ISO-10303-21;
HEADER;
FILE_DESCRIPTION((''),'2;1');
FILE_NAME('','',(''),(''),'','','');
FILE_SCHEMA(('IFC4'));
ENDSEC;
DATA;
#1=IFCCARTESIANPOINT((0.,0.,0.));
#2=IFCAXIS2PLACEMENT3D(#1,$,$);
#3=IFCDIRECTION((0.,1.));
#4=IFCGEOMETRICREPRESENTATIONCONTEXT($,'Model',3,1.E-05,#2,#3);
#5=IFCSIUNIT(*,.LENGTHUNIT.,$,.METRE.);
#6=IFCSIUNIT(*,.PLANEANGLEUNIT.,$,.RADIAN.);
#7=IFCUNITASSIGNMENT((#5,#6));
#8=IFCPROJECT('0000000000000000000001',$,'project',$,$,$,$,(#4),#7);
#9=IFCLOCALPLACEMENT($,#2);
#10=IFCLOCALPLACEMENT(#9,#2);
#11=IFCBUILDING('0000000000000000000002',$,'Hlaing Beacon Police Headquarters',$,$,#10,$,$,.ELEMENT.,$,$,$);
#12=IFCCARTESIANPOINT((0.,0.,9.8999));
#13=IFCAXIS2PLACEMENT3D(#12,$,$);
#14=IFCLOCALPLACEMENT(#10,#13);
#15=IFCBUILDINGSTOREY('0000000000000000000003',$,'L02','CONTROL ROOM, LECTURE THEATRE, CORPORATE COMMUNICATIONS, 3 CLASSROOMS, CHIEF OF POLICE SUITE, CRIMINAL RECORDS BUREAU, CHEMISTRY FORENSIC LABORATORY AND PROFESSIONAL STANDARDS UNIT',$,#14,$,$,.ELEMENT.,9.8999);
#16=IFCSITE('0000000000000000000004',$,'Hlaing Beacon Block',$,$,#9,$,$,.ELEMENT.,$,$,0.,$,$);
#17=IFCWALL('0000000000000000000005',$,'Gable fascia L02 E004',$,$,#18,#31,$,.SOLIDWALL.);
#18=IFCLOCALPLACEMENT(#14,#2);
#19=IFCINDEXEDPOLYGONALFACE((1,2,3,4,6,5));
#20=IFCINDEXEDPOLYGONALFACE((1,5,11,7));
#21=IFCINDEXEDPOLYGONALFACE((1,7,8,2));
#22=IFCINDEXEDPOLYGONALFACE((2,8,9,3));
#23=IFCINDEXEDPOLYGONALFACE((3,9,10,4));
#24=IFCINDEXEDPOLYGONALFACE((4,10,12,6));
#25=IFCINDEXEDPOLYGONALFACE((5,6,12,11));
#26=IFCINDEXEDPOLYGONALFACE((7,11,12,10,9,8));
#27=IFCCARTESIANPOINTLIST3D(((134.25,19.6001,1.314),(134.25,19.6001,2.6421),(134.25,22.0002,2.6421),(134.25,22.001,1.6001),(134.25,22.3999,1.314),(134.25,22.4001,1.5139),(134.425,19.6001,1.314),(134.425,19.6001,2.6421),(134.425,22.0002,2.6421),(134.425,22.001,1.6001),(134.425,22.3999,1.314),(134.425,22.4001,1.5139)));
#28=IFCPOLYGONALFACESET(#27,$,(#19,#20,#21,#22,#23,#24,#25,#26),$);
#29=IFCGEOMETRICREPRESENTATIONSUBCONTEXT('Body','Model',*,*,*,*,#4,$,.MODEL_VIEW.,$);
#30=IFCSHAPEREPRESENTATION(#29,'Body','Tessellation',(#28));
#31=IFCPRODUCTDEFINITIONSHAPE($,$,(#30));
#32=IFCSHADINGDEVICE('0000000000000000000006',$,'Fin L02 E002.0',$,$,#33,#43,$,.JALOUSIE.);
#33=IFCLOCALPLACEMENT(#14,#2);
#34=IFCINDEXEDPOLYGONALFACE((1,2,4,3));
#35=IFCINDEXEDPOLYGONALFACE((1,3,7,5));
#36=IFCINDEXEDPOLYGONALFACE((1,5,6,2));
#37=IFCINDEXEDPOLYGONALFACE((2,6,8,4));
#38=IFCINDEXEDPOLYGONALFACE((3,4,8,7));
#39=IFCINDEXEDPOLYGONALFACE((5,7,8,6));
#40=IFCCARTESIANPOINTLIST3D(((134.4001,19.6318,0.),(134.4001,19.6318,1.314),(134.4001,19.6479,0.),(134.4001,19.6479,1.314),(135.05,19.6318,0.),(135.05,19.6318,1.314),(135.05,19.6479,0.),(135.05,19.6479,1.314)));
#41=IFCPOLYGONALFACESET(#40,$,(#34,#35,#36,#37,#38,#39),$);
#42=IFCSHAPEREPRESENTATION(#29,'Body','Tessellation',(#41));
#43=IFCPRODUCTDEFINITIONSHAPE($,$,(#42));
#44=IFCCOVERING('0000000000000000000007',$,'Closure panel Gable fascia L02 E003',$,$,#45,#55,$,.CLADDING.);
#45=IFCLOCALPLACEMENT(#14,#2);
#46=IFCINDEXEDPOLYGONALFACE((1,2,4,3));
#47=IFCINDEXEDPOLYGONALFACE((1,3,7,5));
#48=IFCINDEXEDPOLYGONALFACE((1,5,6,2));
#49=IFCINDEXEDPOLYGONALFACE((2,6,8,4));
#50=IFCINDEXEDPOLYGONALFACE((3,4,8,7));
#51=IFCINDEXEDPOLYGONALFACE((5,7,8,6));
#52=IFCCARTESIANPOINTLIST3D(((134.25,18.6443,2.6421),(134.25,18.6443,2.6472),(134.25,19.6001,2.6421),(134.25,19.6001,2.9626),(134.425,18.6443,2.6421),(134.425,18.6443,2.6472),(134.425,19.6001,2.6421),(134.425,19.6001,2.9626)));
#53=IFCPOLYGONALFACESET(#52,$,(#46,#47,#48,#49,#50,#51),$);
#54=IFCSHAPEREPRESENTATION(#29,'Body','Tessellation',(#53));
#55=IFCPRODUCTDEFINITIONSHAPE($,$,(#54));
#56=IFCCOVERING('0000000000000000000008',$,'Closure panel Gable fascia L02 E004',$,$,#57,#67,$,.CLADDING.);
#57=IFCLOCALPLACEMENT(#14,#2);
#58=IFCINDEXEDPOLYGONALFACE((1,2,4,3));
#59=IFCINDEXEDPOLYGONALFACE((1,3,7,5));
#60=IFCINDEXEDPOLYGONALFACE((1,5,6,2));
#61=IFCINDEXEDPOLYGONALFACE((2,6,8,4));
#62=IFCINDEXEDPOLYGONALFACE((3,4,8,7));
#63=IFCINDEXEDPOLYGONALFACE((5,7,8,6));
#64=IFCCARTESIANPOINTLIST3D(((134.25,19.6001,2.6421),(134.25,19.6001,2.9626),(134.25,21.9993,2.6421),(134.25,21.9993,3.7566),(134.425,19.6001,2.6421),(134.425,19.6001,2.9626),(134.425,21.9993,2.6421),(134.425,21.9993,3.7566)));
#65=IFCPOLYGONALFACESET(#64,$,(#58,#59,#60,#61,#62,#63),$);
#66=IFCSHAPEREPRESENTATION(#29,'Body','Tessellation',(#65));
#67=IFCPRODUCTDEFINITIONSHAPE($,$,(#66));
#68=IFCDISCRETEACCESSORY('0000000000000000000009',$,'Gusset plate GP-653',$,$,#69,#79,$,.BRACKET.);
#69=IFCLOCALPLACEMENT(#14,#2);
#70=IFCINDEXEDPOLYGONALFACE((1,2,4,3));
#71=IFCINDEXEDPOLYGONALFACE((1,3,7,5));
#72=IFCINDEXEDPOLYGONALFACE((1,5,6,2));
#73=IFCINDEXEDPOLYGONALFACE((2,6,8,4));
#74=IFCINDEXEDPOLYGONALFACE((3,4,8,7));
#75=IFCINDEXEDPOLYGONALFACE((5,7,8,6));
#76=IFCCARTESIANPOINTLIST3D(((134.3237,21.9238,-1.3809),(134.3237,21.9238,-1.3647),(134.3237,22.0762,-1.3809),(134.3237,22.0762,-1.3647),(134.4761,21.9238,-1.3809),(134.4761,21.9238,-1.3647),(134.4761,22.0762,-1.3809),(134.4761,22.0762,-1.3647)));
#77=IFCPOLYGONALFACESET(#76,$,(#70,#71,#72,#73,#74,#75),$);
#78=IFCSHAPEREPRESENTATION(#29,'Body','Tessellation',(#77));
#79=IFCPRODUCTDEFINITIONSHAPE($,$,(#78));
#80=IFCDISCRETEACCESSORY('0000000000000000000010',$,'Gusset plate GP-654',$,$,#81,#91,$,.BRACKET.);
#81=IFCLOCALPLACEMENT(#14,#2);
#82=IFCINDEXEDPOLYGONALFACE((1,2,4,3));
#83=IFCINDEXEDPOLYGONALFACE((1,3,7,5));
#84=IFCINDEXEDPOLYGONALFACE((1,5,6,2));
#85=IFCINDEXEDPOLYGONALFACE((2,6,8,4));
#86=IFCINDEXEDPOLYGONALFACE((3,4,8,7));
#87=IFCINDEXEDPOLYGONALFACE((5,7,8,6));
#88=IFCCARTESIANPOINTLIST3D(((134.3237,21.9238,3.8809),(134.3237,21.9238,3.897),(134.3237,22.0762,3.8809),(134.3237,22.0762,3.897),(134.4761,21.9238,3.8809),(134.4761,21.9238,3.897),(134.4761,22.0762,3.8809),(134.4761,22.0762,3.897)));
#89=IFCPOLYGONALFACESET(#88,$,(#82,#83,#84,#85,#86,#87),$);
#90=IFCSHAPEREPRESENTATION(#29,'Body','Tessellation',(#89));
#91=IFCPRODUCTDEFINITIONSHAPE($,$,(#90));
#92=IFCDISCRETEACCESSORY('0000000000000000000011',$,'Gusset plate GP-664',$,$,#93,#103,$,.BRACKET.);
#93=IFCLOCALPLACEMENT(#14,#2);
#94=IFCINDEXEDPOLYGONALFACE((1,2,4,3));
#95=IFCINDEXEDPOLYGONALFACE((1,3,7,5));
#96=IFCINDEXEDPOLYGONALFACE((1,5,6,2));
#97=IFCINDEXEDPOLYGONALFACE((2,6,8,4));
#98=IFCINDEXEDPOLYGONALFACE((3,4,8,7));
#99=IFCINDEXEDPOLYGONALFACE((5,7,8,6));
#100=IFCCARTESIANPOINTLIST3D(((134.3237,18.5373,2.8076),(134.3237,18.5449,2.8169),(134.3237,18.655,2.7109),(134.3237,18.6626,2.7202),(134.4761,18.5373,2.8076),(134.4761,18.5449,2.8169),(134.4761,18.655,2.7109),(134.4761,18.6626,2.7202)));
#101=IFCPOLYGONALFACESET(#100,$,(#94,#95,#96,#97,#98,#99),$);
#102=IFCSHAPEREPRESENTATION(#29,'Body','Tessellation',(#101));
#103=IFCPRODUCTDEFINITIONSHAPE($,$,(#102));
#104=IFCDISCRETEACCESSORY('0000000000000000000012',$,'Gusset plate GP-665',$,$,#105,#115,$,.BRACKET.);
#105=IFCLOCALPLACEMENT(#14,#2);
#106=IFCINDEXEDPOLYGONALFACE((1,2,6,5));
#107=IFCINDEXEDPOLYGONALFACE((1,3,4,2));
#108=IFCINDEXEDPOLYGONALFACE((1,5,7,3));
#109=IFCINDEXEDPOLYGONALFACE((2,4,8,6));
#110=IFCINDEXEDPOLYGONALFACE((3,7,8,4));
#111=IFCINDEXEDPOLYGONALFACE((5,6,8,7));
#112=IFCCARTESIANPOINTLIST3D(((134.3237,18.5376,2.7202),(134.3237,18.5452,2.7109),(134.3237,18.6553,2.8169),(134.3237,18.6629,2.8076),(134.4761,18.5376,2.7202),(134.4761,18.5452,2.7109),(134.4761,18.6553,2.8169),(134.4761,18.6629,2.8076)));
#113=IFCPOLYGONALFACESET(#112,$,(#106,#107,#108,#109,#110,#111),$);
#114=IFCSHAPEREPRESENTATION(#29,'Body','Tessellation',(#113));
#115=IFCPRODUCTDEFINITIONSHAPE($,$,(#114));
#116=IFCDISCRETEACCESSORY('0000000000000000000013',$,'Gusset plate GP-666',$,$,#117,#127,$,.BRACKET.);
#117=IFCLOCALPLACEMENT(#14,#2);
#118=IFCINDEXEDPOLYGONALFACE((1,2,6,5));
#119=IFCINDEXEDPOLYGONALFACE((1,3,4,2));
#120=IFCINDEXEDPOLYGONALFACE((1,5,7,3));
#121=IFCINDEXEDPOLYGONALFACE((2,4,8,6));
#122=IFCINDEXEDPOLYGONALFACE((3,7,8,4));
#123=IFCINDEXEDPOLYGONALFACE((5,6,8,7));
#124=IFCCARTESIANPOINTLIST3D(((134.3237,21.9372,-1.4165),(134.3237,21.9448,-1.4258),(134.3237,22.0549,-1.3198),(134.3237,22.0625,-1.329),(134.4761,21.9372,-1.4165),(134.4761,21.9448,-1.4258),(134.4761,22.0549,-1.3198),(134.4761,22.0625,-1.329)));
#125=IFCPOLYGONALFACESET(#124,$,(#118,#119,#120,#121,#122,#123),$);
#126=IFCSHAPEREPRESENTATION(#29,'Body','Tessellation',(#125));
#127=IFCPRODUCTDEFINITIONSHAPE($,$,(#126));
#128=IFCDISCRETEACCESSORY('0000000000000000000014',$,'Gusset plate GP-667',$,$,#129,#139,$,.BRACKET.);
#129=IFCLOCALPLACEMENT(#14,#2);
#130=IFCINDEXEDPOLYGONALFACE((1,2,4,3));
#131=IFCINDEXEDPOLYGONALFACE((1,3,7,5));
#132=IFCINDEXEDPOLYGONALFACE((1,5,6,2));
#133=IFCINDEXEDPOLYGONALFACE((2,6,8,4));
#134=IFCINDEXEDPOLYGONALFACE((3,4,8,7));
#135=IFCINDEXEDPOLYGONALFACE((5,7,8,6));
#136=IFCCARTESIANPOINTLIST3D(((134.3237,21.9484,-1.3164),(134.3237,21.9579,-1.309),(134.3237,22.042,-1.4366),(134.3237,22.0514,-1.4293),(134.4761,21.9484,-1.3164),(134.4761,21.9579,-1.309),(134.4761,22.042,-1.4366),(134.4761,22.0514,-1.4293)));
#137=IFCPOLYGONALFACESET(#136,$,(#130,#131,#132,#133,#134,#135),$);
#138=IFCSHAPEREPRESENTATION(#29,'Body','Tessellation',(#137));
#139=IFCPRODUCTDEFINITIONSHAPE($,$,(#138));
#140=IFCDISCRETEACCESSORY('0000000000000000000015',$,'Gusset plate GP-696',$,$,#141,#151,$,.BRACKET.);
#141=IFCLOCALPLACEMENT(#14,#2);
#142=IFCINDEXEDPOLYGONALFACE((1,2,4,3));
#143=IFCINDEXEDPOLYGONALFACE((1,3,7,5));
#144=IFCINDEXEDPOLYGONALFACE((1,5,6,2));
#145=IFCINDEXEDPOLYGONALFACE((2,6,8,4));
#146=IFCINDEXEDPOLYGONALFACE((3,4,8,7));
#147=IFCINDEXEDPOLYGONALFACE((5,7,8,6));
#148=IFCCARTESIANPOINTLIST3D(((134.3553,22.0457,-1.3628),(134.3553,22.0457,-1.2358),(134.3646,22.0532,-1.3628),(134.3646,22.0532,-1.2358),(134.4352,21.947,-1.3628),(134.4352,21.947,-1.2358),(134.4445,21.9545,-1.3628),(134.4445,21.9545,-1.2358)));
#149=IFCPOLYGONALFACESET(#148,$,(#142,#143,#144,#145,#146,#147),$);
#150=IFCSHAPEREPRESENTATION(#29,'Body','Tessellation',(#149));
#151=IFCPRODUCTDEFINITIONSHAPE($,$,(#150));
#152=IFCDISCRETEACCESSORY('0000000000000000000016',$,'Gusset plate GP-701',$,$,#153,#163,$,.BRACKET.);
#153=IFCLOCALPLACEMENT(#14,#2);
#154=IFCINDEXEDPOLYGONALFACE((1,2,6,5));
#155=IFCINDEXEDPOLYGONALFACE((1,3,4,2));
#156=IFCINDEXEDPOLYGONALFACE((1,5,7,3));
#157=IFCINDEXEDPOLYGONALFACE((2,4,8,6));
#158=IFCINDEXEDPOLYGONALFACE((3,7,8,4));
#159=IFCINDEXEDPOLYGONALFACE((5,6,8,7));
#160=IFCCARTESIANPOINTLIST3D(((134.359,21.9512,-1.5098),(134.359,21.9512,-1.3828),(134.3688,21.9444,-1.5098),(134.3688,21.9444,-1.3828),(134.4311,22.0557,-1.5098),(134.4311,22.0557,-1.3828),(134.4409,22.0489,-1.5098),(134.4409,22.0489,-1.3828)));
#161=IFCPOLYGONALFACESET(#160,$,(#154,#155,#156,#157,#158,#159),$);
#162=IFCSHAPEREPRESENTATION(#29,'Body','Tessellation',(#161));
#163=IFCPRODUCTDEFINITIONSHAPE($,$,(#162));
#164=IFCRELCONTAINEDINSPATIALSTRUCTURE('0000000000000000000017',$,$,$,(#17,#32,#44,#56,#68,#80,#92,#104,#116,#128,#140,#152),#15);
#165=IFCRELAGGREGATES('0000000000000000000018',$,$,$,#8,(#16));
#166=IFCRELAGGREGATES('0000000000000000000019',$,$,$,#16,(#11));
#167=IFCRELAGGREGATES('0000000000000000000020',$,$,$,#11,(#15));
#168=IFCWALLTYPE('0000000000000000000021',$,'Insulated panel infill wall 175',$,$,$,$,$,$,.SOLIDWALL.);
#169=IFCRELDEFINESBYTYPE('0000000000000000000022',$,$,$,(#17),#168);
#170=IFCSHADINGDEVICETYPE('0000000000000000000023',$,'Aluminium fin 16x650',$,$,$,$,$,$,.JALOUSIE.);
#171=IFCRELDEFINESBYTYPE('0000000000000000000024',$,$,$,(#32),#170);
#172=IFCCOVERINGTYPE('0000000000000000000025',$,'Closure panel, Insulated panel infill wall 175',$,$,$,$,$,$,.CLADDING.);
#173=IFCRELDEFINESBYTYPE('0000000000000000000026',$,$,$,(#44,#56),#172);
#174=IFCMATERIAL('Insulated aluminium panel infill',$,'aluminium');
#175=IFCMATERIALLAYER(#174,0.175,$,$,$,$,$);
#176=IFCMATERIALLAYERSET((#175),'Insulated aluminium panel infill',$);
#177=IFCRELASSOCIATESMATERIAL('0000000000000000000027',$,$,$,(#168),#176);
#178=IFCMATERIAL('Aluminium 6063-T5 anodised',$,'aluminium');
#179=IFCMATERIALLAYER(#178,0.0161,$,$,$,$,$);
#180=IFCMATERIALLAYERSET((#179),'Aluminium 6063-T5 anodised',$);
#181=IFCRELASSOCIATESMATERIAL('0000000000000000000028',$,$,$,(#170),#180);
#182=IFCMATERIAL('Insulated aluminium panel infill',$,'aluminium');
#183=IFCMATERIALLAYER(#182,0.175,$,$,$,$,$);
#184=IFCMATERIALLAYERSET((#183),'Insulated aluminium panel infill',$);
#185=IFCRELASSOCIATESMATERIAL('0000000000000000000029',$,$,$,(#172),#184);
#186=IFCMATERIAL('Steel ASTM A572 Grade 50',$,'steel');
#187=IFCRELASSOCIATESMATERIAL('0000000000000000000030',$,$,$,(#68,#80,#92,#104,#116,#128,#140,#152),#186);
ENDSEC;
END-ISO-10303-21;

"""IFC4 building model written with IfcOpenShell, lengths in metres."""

from ifc_helpers import new_model, si_unit, direction, frame, origin, origin_2d, place, context, subcontext, project, spatial, polyline, rectangle, outline, extrude, material, layer, layer_set, type_object, element, save


model = new_model("IFC4")

# Units and contexts
model_context = context("Model", 3, precision=1e-05, world=origin(), true_north=direction((0.0, 1.0)))
body_context = subcontext(model_context, "Body", "Model", "MODEL_VIEW")
ifc_project = project(units=[si_unit("LENGTHUNIT", "METRE"), si_unit("PLANEANGLEUNIT", "RADIAN")], contexts=[model_context])

# Site, building, storey
site_placement = place(None, origin())
site = spatial("IfcSite", under=ifc_project, at=site_placement, Name="Hlaing Beacon Block", CompositionType="ELEMENT", RefElevation=0.0)
building_placement = place(site_placement, origin())
building = spatial("IfcBuilding", under=site, at=building_placement, Name="Hlaing Beacon Police Headquarters", CompositionType="ELEMENT")
storey_placement = place(building_placement, frame((0.0, 0.0, 9.8999)))
storey = spatial("IfcBuildingStorey", under=building, at=storey_placement, Name="L02", Description="CONTROL ROOM, LECTURE THEATRE, CORPORATE COMMUNICATIONS, 3 CLASSROOMS, CHIEF OF POLICE SUITE, CRIMINAL RECORDS BUREAU, CHEMISTRY FORENSIC LABORATORY AND PROFESSIONAL STANDARDS UNIT", CompositionType="ELEMENT", Elevation=9.8999)

# Wall
ifc_material_1 = material(Name="Insulated aluminium panel infill", Category="aluminium")
ifc_layer_1 = layer(ifc_material_1, 0.175)
ifc_layer_set_1 = layer_set([ifc_layer_1], Name="Insulated aluminium panel infill")
wall_type = type_object("IfcWallType", Name="Insulated panel infill wall 175", PredefinedType="SOLIDWALL", material=ifc_layer_set_1)
wall_placement = place(storey_placement, frame((134.3374, 19.6001, 1.314), z_axis=(0.0, 0.0, 1.0), x_axis=(0.0, 1.0, 0.0)))
element("IfcWall", 1, at=wall_placement, inside=storey, type_object=wall_type, Name="Gable fascia L02 E004", PredefinedType="SOLIDWALL", context=body_context, shape_type="SweptSolid", body=[
    extrude(outline(polyline([(0.0, 0.0), (2.7998, 0.0), (2.8, 0.2), (2.4009, 0.2861), (2.4001, 1.3281), (0.0, 1.3281), (0.0, 0.0)])), frame((0.0, 0.0874, 0.0), z_axis=(0.0, -1.0, 0.0), x_axis=(1.0, 0.0, 0.0)), (0.0, 0.0, 1.0), 0.175),
])

# Shading device
ifc_material_2 = material(Name="Aluminium 6063-T5 anodised", Category="aluminium")
ifc_layer_2 = layer(ifc_material_2, 0.0161)
ifc_layer_set_2 = layer_set([ifc_layer_2], Name="Aluminium 6063-T5 anodised")
shading_device_type = type_object("IfcShadingDeviceType", Name="Aluminium fin 16x650", PredefinedType="JALOUSIE", material=ifc_layer_set_2)
shading_device_placement = place(storey_placement, frame((134.7251, 19.6399, 0.0), z_axis=(0.0, 0.0, 1.0), x_axis=(0.0, 1.0, 0.0)))
element("IfcShadingDevice", 2, at=shading_device_placement, inside=storey, type_object=shading_device_type, Name="Fin L02 E002.0", PredefinedType="JALOUSIE", context=body_context, shape_type="SweptSolid", body=[
    extrude(rectangle(XDim=0.0161, YDim=0.6499, at=origin_2d()), origin(), (0.0, 0.0, 1.0), 1.314),
])

# Coverings
ifc_material_3 = material(Name="Insulated aluminium panel infill", Category="aluminium")
ifc_layer_3 = layer(ifc_material_3, 0.175)
ifc_layer_set_3 = layer_set([ifc_layer_3], Name="Insulated aluminium panel infill")
covering_type = type_object("IfcCoveringType", Name="Closure panel, Insulated panel infill wall 175", PredefinedType="CLADDING", material=ifc_layer_set_3)
covering_1_placement = place(storey_placement, frame((134.3374, 18.6443, 2.6421), z_axis=(0.0, 0.0, 1.0), x_axis=(0.0, 1.0, 0.0)))
element("IfcCovering", 3, at=covering_1_placement, inside=storey, type_object=covering_type, Name="Closure panel Gable fascia L02 E003", PredefinedType="CLADDING", context=body_context, shape_type="SweptSolid", body=[
    extrude(outline(polyline([(0.0, 0.0), (0.9558, 0.0), (0.9558, 0.3206), (0.0, 0.0051), (0.0, 0.0)])), frame((0.0, 0.0874, 0.0), z_axis=(0.0, -1.0, 0.0), x_axis=(1.0, 0.0, 0.0)), (0.0, 0.0, 1.0), 0.175),
])
covering_2_placement = place(storey_placement, frame((134.3374, 19.6001, 2.6421), z_axis=(0.0, 0.0, 1.0), x_axis=(0.0, 1.0, 0.0)))
element("IfcCovering", 4, at=covering_2_placement, inside=storey, type_object=covering_type, Name="Closure panel Gable fascia L02 E004", PredefinedType="CLADDING", context=body_context, shape_type="SweptSolid", body=[
    extrude(outline(polyline([(0.0, 0.0), (2.3992, 0.0), (2.3992, 1.1145), (0.0, 0.3206), (0.0, 0.0)])), frame((0.0, 0.0874, 0.0), z_axis=(0.0, -1.0, 0.0), x_axis=(1.0, 0.0, 0.0)), (0.0, 0.0, 1.0), 0.175),
])

# Discrete accessories
ifc_material_4 = material(Name="Steel ASTM A572 Grade 50", Category="steel")
for number, where, z_axis, x_axis, name in (
    (5, (134.3999, 22.0, -1.3647), (0.0, 0.0, -1.0), (1.0, 0.0, 0.0), "Gusset plate GP-653"),
    (6, (134.3999, 22.0, 3.8809), (0.0, 0.0, 1.0), (1.0, 0.0, 0.0), "Gusset plate GP-654"),
):
    element("IfcDiscreteAccessory", number, at=place(storey_placement, frame(where, z_axis=z_axis, x_axis=x_axis)), inside=storey, material=ifc_material_4, Name=name, PredefinedType="BRACKET", context=body_context, shape_type="SweptSolid", body=[
        extrude(rectangle(XDim=0.1523, YDim=0.1523, at=origin_2d()), origin(), (0.0, 0.0, 1.0), 0.0161),
    ])
for number, where, z_axis, x_axis, name in (
    (7, (134.3999, 18.5962, 2.7593), (0.0, 0.634977, 0.772531), (-1.0, 0.0, 0.0), "Gusset plate GP-664"),
    (8, (134.3999, 18.604, 2.7593), (0.0, -0.634949, 0.772554), (1.0, 0.0, 0.0), "Gusset plate GP-665"),
    (9, (134.3999, 21.9961, -1.3682), (0.0, 0.634949, -0.772554), (-1.0, 0.0, 0.0), "Gusset plate GP-666"),
    (10, (134.3999, 22.0046, -1.3691), (0.0, -0.78927, -0.614046), (1.0, 0.0, 0.0), "Gusset plate GP-667"),
):
    element("IfcDiscreteAccessory", number, at=place(storey_placement, frame(where, z_axis=z_axis, x_axis=x_axis)), inside=storey, material=ifc_material_4, Name=name, PredefinedType="BRACKET", context=body_context, shape_type="SweptSolid", body=[
        extrude(rectangle(XDim=0.1523, YDim=0.1523, at=origin_2d()), origin(), (0.0, 0.0, 1.0), 0.012),
    ])
for number, where, z_axis, x_axis, name in (
    (11, (134.3953, 21.9963, -1.2993), (0.777239, 0.629205, 0.0), (-0.629205, 0.777239, 0.0), "Gusset plate GP-696"),
    (12, (134.395, 22.0034, -1.4463), (0.822892, -0.568198, 0.0), (0.568198, 0.822892, 0.0), "Gusset plate GP-701"),
):
    element("IfcDiscreteAccessory", number, at=place(storey_placement, frame(where, z_axis=z_axis, x_axis=x_axis)), inside=storey, material=ifc_material_4, Name=name, PredefinedType="BRACKET", context=body_context, shape_type="SweptSolid", body=[
        extrude(rectangle(XDim=0.127, YDim=0.127, at=origin_2d()), origin(), (0.0, 0.0, 1.0), 0.012),
    ])

save(model, "model.ifc")
